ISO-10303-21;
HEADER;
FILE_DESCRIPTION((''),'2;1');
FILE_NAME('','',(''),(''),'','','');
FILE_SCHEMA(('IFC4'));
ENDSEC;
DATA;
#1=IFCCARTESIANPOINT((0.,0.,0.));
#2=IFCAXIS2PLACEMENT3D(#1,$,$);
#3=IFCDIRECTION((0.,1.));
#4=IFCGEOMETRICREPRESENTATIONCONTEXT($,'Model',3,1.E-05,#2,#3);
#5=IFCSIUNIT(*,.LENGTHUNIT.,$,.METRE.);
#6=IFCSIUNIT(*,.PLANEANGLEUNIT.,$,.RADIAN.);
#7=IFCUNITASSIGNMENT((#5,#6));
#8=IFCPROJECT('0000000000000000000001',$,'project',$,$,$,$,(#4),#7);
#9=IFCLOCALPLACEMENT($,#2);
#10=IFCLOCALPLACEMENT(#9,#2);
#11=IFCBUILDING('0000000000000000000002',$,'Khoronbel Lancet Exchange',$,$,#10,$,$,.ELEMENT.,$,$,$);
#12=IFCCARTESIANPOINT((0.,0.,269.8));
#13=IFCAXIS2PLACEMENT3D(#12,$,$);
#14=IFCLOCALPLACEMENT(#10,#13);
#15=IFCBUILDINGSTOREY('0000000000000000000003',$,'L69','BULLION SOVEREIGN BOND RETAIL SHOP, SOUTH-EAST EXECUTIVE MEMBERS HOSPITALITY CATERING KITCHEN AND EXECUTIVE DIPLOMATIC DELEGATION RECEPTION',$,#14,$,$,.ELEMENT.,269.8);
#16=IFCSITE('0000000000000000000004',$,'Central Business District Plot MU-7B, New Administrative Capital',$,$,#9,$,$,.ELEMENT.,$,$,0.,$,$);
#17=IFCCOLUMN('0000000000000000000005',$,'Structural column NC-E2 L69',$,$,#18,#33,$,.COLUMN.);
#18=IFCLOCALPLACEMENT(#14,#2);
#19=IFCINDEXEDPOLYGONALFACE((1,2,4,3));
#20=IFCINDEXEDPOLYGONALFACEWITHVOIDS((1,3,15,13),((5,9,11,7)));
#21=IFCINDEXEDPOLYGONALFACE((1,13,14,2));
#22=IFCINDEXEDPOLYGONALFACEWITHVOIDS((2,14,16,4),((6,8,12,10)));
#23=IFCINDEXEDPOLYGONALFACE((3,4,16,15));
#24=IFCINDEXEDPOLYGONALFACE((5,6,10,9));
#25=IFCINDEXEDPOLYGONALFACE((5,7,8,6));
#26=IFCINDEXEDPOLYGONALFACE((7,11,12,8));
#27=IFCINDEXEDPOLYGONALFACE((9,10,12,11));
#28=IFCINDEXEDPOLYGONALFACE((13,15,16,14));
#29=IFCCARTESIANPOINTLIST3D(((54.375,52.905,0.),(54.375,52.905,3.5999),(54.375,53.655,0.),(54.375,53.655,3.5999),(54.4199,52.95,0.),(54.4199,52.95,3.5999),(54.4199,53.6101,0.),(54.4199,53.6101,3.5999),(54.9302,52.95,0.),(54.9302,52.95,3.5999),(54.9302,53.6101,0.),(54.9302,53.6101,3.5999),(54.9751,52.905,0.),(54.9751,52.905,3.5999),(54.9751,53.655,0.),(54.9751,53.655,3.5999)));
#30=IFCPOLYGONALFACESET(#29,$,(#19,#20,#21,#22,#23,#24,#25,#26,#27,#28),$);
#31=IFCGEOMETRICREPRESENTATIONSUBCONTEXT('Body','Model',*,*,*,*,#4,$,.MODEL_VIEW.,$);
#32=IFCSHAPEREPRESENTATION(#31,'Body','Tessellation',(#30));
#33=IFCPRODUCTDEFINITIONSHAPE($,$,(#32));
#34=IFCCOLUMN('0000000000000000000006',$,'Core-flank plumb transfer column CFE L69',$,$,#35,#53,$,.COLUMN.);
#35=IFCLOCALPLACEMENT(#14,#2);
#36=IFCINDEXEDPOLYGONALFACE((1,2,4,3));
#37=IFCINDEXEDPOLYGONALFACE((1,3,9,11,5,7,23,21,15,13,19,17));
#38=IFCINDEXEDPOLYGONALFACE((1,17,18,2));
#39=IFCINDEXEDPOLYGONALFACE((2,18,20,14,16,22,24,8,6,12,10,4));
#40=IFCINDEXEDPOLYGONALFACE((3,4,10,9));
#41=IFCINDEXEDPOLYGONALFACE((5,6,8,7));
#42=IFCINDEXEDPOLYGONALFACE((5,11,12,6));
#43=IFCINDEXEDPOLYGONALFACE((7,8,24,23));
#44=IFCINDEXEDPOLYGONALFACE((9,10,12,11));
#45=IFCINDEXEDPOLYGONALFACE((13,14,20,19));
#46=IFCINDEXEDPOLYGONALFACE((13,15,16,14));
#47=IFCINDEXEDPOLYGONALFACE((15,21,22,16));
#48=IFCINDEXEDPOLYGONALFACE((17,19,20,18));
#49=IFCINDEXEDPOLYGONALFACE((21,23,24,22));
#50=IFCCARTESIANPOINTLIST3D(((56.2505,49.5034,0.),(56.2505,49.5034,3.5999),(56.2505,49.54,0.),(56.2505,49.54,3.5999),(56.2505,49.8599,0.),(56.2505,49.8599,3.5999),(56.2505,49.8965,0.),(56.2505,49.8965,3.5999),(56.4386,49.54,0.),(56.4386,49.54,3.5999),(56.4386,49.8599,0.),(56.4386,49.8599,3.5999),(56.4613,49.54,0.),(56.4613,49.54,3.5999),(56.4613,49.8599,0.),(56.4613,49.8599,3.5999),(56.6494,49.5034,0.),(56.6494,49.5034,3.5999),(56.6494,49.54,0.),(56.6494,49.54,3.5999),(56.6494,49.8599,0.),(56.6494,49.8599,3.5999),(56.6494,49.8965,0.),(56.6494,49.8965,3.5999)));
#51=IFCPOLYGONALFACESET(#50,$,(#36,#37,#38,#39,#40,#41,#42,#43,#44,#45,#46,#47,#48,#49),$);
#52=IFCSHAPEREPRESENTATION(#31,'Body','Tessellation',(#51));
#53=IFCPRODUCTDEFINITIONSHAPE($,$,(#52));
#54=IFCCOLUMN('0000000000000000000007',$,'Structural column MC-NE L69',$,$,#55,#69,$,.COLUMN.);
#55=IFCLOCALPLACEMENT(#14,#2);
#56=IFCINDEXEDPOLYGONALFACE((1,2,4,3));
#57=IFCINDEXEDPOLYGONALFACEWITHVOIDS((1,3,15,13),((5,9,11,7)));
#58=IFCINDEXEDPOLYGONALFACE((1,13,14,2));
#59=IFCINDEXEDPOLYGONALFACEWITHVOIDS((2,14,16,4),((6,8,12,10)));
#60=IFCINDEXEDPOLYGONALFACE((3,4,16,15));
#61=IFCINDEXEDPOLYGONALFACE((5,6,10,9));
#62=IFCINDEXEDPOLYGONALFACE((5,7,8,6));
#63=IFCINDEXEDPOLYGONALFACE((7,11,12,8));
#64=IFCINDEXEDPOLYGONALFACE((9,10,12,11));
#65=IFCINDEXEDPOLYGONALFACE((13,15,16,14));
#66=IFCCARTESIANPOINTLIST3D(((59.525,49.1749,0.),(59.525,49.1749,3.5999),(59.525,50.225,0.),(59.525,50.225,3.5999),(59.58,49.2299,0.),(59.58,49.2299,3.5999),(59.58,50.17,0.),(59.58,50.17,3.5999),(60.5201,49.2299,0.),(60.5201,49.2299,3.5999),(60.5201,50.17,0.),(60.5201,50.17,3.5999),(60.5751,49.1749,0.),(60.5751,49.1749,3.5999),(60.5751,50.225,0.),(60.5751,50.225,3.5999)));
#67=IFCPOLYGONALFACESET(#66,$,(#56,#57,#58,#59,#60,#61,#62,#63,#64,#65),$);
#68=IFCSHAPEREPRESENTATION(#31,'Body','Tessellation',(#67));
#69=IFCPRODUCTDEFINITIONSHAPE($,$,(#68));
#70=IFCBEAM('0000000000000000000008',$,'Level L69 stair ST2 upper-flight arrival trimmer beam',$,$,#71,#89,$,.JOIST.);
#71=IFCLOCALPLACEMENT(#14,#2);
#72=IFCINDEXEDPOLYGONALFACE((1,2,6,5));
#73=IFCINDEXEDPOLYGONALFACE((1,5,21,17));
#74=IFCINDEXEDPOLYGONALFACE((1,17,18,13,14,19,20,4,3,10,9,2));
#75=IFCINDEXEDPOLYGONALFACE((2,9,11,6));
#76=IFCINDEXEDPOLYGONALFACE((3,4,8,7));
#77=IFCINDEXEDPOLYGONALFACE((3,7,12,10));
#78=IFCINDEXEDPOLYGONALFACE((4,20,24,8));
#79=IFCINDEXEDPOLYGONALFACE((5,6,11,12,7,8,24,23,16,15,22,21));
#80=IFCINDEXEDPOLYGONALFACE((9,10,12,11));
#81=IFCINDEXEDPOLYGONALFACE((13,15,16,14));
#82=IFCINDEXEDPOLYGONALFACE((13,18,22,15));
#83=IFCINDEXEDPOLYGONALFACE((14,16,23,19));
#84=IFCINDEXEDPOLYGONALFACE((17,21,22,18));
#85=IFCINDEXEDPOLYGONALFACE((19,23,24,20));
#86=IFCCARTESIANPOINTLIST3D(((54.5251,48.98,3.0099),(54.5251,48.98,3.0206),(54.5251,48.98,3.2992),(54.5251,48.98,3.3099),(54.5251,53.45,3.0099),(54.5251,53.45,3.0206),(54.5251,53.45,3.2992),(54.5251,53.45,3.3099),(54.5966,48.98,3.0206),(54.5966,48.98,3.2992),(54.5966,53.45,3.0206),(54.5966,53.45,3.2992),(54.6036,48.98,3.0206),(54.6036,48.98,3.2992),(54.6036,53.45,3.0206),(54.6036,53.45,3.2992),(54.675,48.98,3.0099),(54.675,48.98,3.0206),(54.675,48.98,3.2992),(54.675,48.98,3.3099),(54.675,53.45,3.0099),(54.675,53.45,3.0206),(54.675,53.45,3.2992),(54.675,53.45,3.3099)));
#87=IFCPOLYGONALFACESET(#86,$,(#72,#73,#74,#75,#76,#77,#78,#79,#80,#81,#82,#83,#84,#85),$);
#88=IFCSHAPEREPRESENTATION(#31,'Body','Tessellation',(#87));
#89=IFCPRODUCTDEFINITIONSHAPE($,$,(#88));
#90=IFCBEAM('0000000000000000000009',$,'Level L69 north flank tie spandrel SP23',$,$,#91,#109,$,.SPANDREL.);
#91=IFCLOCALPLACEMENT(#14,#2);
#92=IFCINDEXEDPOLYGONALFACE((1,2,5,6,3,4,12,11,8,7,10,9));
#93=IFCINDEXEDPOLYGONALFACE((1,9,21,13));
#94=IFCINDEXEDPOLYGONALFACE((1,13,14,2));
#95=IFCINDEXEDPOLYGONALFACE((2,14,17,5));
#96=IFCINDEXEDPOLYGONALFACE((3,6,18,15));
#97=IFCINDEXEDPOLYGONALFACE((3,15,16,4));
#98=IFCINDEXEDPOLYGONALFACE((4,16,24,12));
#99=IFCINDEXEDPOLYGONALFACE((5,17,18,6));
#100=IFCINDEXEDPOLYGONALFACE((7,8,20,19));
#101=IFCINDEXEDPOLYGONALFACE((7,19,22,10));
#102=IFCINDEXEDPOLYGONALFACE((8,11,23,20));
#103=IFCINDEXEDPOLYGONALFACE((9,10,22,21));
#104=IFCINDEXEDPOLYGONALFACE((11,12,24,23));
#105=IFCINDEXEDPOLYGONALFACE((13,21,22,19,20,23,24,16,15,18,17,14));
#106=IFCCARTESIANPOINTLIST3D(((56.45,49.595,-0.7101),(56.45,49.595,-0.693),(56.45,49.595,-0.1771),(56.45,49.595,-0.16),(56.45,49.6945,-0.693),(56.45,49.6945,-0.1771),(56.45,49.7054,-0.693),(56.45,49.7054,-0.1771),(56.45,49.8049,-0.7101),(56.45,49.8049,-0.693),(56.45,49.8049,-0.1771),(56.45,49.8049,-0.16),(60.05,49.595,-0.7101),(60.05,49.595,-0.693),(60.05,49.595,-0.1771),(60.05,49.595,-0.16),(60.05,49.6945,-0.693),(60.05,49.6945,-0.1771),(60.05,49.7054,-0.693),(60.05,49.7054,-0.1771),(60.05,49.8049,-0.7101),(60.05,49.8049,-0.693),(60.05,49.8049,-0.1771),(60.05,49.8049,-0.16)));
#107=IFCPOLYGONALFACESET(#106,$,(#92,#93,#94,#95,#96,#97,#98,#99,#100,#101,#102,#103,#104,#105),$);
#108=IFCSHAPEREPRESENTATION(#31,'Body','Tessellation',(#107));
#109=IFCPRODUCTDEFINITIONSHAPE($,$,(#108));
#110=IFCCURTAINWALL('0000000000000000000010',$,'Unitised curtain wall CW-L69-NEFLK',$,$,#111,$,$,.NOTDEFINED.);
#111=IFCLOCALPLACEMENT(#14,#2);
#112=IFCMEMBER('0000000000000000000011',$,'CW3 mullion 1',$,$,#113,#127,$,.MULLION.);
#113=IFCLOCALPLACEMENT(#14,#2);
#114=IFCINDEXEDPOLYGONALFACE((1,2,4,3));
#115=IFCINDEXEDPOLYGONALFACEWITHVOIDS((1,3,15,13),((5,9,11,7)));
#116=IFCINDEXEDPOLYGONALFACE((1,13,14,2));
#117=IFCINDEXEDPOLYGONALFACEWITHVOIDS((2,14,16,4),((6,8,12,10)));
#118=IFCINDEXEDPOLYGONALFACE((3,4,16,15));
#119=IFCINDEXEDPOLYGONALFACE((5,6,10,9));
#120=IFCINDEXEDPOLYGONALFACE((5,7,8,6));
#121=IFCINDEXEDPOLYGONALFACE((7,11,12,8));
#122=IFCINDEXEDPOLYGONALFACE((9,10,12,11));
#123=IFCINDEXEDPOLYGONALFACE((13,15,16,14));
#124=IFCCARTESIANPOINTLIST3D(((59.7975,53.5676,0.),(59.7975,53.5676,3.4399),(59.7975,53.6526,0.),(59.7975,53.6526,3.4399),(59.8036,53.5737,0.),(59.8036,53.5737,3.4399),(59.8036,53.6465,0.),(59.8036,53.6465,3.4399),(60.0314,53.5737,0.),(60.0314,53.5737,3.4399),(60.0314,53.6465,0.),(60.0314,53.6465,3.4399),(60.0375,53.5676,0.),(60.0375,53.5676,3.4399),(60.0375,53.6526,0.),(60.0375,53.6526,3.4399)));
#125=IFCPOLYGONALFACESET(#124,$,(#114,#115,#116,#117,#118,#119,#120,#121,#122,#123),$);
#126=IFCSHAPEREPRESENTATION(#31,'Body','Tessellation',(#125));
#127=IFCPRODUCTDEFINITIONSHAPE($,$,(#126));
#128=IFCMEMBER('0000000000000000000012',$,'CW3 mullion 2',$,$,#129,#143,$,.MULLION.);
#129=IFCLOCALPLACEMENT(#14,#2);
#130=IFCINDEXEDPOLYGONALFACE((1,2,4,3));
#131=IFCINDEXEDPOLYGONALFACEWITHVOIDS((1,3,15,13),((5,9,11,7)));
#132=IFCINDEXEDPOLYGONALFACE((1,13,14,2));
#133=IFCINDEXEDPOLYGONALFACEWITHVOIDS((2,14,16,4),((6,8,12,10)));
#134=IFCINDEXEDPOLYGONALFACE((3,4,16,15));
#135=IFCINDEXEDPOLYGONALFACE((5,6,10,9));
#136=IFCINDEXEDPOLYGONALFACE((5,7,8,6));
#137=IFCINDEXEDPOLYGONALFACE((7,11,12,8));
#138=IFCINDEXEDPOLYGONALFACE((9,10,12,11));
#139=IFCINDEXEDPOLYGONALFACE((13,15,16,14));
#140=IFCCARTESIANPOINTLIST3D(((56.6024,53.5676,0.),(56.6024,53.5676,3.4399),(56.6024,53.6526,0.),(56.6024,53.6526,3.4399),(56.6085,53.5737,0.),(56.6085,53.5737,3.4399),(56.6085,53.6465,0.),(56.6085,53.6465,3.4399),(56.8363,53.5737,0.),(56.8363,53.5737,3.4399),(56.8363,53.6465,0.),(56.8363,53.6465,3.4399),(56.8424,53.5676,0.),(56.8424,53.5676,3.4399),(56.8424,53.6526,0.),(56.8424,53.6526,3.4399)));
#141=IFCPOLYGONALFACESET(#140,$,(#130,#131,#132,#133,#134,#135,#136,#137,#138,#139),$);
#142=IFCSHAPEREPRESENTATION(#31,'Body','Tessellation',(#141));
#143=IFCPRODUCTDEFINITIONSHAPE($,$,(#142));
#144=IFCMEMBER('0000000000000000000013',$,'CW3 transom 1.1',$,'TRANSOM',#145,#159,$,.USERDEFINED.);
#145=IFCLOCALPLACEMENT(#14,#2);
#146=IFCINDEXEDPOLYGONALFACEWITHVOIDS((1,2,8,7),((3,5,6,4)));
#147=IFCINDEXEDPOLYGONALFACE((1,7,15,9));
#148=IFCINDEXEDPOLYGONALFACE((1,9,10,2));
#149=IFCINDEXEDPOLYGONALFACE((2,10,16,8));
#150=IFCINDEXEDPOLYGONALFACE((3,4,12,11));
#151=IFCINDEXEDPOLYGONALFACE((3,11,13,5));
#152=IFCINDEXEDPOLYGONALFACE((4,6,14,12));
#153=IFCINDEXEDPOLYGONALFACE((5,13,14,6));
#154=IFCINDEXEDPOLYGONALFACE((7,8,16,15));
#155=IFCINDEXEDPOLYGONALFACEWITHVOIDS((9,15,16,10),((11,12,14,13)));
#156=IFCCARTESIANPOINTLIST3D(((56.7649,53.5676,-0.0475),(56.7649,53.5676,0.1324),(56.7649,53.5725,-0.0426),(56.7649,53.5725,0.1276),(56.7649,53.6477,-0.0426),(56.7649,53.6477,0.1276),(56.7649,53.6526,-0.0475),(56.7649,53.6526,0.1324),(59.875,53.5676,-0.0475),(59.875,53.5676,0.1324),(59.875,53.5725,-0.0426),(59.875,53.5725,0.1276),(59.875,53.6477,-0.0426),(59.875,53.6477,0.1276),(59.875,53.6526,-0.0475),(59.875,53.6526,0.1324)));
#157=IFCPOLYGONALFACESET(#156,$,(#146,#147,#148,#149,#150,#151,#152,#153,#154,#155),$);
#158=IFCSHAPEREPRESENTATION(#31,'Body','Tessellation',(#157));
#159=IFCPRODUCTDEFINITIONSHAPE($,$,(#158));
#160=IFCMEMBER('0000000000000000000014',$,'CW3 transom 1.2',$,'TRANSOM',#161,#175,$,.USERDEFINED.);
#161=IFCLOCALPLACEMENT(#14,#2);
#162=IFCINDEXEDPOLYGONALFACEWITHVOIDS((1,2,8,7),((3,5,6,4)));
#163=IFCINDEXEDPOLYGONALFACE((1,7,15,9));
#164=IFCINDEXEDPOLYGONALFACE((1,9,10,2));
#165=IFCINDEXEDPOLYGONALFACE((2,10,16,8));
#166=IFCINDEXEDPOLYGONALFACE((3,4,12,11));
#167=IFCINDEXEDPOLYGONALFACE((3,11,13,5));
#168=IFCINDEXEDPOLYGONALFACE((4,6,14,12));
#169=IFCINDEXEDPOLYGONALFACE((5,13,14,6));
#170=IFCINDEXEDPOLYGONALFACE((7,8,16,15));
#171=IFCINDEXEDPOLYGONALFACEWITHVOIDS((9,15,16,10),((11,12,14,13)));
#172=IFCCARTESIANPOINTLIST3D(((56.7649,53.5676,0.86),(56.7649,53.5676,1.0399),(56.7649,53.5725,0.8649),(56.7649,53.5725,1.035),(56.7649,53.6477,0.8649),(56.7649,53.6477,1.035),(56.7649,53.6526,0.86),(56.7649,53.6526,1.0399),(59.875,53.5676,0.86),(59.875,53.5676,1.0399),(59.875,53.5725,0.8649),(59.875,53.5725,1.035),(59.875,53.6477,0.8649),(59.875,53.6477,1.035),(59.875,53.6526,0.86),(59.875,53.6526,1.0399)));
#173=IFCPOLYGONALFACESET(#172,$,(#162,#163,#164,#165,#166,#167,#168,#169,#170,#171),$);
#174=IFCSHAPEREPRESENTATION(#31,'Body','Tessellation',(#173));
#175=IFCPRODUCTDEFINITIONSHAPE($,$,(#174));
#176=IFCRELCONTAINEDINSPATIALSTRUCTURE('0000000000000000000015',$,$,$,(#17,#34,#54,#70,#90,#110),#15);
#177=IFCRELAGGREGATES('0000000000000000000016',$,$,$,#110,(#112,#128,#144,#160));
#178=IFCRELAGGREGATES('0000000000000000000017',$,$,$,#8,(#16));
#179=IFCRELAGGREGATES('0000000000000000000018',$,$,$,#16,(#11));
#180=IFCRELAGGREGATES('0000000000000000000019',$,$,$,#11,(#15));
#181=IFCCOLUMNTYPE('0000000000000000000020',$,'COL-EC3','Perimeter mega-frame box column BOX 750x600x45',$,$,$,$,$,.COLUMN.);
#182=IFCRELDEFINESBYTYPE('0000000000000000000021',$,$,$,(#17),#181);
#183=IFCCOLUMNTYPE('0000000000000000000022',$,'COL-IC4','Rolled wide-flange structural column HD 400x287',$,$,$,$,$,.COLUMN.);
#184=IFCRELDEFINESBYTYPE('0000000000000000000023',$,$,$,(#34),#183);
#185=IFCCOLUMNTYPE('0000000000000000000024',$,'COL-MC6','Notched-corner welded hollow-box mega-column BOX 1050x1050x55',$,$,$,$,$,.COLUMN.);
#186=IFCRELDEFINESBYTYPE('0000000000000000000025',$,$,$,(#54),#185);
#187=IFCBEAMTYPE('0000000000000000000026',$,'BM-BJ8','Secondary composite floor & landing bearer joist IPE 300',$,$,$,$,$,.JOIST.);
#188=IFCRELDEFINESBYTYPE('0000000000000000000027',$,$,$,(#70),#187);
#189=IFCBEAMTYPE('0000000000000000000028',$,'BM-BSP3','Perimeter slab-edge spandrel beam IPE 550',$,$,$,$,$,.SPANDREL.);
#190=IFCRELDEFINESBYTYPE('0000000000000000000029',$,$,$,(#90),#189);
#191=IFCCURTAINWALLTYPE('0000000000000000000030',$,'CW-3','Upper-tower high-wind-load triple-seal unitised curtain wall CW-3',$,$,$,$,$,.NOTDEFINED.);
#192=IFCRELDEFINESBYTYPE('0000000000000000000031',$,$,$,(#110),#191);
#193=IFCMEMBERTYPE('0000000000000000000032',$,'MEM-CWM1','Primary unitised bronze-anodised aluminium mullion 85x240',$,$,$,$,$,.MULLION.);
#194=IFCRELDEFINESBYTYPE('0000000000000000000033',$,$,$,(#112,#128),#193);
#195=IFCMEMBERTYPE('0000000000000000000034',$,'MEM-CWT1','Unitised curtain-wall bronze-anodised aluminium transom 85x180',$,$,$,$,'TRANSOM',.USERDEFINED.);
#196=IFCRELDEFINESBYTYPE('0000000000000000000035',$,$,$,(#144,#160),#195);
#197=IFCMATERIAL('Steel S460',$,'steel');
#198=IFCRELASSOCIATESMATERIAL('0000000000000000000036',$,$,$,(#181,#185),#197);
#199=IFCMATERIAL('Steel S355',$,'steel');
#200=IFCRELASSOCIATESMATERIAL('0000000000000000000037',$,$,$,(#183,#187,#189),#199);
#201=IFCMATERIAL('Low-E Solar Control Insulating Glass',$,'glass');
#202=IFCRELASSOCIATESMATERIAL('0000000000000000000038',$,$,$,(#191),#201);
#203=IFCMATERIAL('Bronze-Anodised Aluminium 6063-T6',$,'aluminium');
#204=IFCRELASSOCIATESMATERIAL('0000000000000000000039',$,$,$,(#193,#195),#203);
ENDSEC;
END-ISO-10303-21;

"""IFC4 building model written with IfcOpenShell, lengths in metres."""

from ifc_helpers import new_model, si_unit, direction, frame, origin, origin_2d, place, context, subcontext, project, spatial, hollow_rectangle, i_section, extrude, material, material_profile, profile_set, type_object, element, aggregate, save


model = new_model("IFC4")

# Units and contexts
model_context = context("Model", 3, precision=1e-05, world=origin(), true_north=direction((0.0, 1.0)))
body_context = subcontext(model_context, "Body", "Model", "MODEL_VIEW")
ifc_project = project(units=[si_unit("LENGTHUNIT", "METRE"), si_unit("PLANEANGLEUNIT", "RADIAN")], contexts=[model_context])

# Site, building, storey
site_placement = place(None, origin())
site = spatial("IfcSite", under=ifc_project, at=site_placement, Name="Central Business District Plot MU-7B, New Administrative Capital", CompositionType="ELEMENT", RefElevation=0.0)
building_placement = place(site_placement, origin())
building = spatial("IfcBuilding", under=site, at=building_placement, Name="Khoronbel Lancet Exchange", CompositionType="ELEMENT")
storey_placement = place(building_placement, frame((0.0, 0.0, 269.8)))
storey = spatial("IfcBuildingStorey", under=building, at=storey_placement, Name="L69", Description="BULLION SOVEREIGN BOND RETAIL SHOP, SOUTH-EAST EXECUTIVE MEMBERS HOSPITALITY CATERING KITCHEN AND EXECUTIVE DIPLOMATIC DELEGATION RECEPTION", CompositionType="ELEMENT", Elevation=269.8)

# Columns
ifc_material_1 = material(Name="Steel S460", Category="steel")
ifc_material_profile_1 = material_profile(ifc_material_1, hollow_rectangle(XDim=0.6001, YDim=0.75, WallThickness=0.0449, at=origin_2d()), Name="BOX 750x600x45")
ifc_profile_set_1 = profile_set([ifc_material_profile_1], Name="Steel S460")
column_type_1 = type_object("IfcColumnType", Name="COL-EC3", Description="Perimeter mega-frame box column BOX 750x600x45", PredefinedType="COLUMN", material=ifc_profile_set_1)
column_1_placement = place(storey_placement, frame((54.675, 53.28, 0.0), z_axis=(0.0, 0.0, 1.0), x_axis=(1.0, 0.0, 0.0)))
element("IfcColumn", 1, at=column_1_placement, inside=storey, type_object=column_type_1, Name="Structural column NC-E2 L69", PredefinedType="COLUMN", context=body_context, shape_type="SweptSolid", body=[
    extrude(hollow_rectangle(XDim=0.6001, YDim=0.75, WallThickness=0.0449, at=origin_2d()), origin(), (0.0, 0.0, 1.0), 3.5999),
])
ifc_material_2 = material(Name="Steel S355", Category="steel")
ifc_material_profile_2 = material_profile(ifc_material_2, i_section(OverallWidth=0.3989, OverallDepth=0.3931, WebThickness=0.0227, FlangeThickness=0.0366, at=origin_2d()), Name="HD 400x287")
ifc_profile_set_2 = profile_set([ifc_material_profile_2], Name="Steel S355")
column_type_2 = type_object("IfcColumnType", Name="COL-IC4", Description="Rolled wide-flange structural column HD 400x287", PredefinedType="COLUMN", material=ifc_profile_set_2)
column_2_placement = place(storey_placement, frame((56.45, 49.7, 0.0), z_axis=(0.0, 0.0, 1.0), x_axis=(1.0, 0.0, 0.0)))
element("IfcColumn", 2, at=column_2_placement, inside=storey, type_object=column_type_2, Name="Core-flank plumb transfer column CFE L69", PredefinedType="COLUMN", context=body_context, shape_type="SweptSolid", body=[
    extrude(i_section(OverallWidth=0.3989, OverallDepth=0.3931, WebThickness=0.0227, FlangeThickness=0.0366, at=origin_2d()), origin(), (0.0, 0.0, 1.0), 3.5999),
])
ifc_material_profile_3 = material_profile(ifc_material_1, hollow_rectangle(XDim=1.05, YDim=1.05, WallThickness=0.0549, at=origin_2d()), Name="BOX 1050x1050x55")
ifc_profile_set_3 = profile_set([ifc_material_profile_3], Name="Steel S460")
column_type_3 = type_object("IfcColumnType", Name="COL-MC6", Description="Notched-corner welded hollow-box mega-column BOX 1050x1050x55", PredefinedType="COLUMN", material=ifc_profile_set_3)
column_3_placement = place(storey_placement, frame((60.05, 49.7, 0.0), z_axis=(0.0, 0.0, 1.0), x_axis=(1.0, 0.0, 0.0)))
element("IfcColumn", 3, at=column_3_placement, inside=storey, type_object=column_type_3, Name="Structural column MC-NE L69", PredefinedType="COLUMN", context=body_context, shape_type="SweptSolid", body=[
    extrude(hollow_rectangle(XDim=1.05, YDim=1.05, WallThickness=0.0549, at=origin_2d()), origin(), (0.0, 0.0, 1.0), 3.5999),
])

# Beams
ifc_material_profile_4 = material_profile(ifc_material_2, i_section(OverallWidth=0.1499, OverallDepth=0.3, WebThickness=0.0071, FlangeThickness=0.0107, at=origin_2d()), Name="IPE 300")
ifc_profile_set_4 = profile_set([ifc_material_profile_4], Name="Steel S355")
beam_type_1 = type_object("IfcBeamType", Name="BM-BJ8", Description="Secondary composite floor & landing bearer joist IPE 300", PredefinedType="JOIST", material=ifc_profile_set_4)
beam_1_placement = place(storey_placement, frame((54.6001, 48.98, 3.1599), z_axis=(0.0, 1.0, 0.0), x_axis=(-1.0, 0.0, 0.0)))
element("IfcBeam", 4, at=beam_1_placement, inside=storey, type_object=beam_type_1, Name="Level L69 stair ST2 upper-flight arrival trimmer beam", PredefinedType="JOIST", context=body_context, shape_type="SweptSolid", body=[
    extrude(i_section(OverallWidth=0.1499, OverallDepth=0.3, WebThickness=0.0071, FlangeThickness=0.0107, at=origin_2d()), origin(), (0.0, 0.0, 1.0), 4.47),
])
ifc_material_profile_5 = material_profile(ifc_material_2, i_section(OverallWidth=0.21, OverallDepth=0.55, WebThickness=0.011, FlangeThickness=0.0171, at=origin_2d()), Name="IPE 550")
ifc_profile_set_5 = profile_set([ifc_material_profile_5], Name="Steel S355")
beam_type_2 = type_object("IfcBeamType", Name="BM-BSP3", Description="Perimeter slab-edge spandrel beam IPE 550", PredefinedType="SPANDREL", material=ifc_profile_set_5)
beam_2_placement = place(storey_placement, frame((60.05, 49.7, -0.4351), z_axis=(-1.0, 0.0, 0.0), x_axis=(0.0, -1.0, 0.0)))
element("IfcBeam", 5, at=beam_2_placement, inside=storey, type_object=beam_type_2, Name="Level L69 north flank tie spandrel SP23", PredefinedType="SPANDREL", context=body_context, shape_type="SweptSolid", body=[
    extrude(i_section(OverallWidth=0.21, OverallDepth=0.55, WebThickness=0.011, FlangeThickness=0.0171, at=origin_2d()), origin(), (0.0, 0.0, 1.0), 3.6001),
])

# Curtain wall, members
ifc_material_3 = material(Name="Low-E Solar Control Insulating Glass", Category="glass")
curtain_wall_type = type_object("IfcCurtainWallType", Name="CW-3", Description="Upper-tower high-wind-load triple-seal unitised curtain wall CW-3", PredefinedType="NOTDEFINED", material=ifc_material_3)
curtain_wall_placement = place(storey_placement, origin())
curtain_wall = element("IfcCurtainWall", 6, at=curtain_wall_placement, inside=storey, type_object=curtain_wall_type, Name="Unitised curtain wall CW-L69-NEFLK", PredefinedType="NOTDEFINED")
ifc_material_4 = material(Name="Bronze-Anodised Aluminium 6063-T6", Category="aluminium")
ifc_material_profile_6 = material_profile(ifc_material_4, hollow_rectangle(XDim=0.085, YDim=0.24, WallThickness=0.0061, at=origin_2d()), Name="ALU MULLION 85x240")
ifc_profile_set_6 = profile_set([ifc_material_profile_6], Name="Bronze-Anodised Aluminium 6063-T6")
member_type_1 = type_object("IfcMemberType", Name="MEM-CWM1", Description="Primary unitised bronze-anodised aluminium mullion 85x240", PredefinedType="MULLION", material=ifc_profile_set_6)
member_1_placement = place(storey_placement, frame((59.9175, 53.6101, 0.0), z_axis=(0.0, 0.0, 1.0), x_axis=(0.0, -1.0, 0.0)))
member_1 = element("IfcMember", 7, at=member_1_placement, type_object=member_type_1, Name="CW3 mullion 1", PredefinedType="MULLION", context=body_context, shape_type="SweptSolid", body=[
    extrude(hollow_rectangle(XDim=0.085, YDim=0.24, WallThickness=0.0061, at=origin_2d()), origin(), (0.0, 0.0, 1.0), 3.4399),
])
member_2_placement = place(storey_placement, frame((56.7224, 53.6101, 0.0), z_axis=(0.0, 0.0, 1.0), x_axis=(0.0, -1.0, 0.0)))
member_2 = element("IfcMember", 8, at=member_2_placement, type_object=member_type_1, Name="CW3 mullion 2", PredefinedType="MULLION", context=body_context, shape_type="SweptSolid", body=[
    extrude(hollow_rectangle(XDim=0.085, YDim=0.24, WallThickness=0.0061, at=origin_2d()), origin(), (0.0, 0.0, 1.0), 3.4399),
])
ifc_material_profile_7 = material_profile(ifc_material_4, hollow_rectangle(XDim=0.085, YDim=0.1799, WallThickness=0.0049, at=origin_2d()), Name="ALU TRANSOM 85x180")
ifc_profile_set_7 = profile_set([ifc_material_profile_7], Name="Bronze-Anodised Aluminium 6063-T6")
member_type_2 = type_object("IfcMemberType", Name="MEM-CWT1", Description="Unitised curtain-wall bronze-anodised aluminium transom 85x180", ElementType="TRANSOM", PredefinedType="USERDEFINED", material=ifc_profile_set_7)
member_3_placement = place(storey_placement, frame((59.875, 53.6101, 0.0425), z_axis=(-1.0, 0.0, 0.0), x_axis=(0.0, -1.0, 0.0)))
member_3 = element("IfcMember", 9, at=member_3_placement, type_object=member_type_2, Name="CW3 transom 1.1", ObjectType="TRANSOM", PredefinedType="USERDEFINED", context=body_context, shape_type="SweptSolid", body=[
    extrude(hollow_rectangle(XDim=0.085, YDim=0.1799, WallThickness=0.0049, at=origin_2d()), origin(), (0.0, 0.0, 1.0), 3.1101),
])
member_4_placement = place(storey_placement, frame((59.875, 53.6101, 0.95), z_axis=(-1.0, 0.0, 0.0), x_axis=(0.0, -1.0, 0.0)))
member_4 = element("IfcMember", 10, at=member_4_placement, type_object=member_type_2, Name="CW3 transom 1.2", ObjectType="TRANSOM", PredefinedType="USERDEFINED", context=body_context, shape_type="SweptSolid", body=[
    extrude(hollow_rectangle(XDim=0.085, YDim=0.1799, WallThickness=0.0049, at=origin_2d()), origin(), (0.0, 0.0, 1.0), 3.1101),
])
aggregate(curtain_wall, [member_1, member_2, member_3, member_4])

save(model, "model.ifc")
